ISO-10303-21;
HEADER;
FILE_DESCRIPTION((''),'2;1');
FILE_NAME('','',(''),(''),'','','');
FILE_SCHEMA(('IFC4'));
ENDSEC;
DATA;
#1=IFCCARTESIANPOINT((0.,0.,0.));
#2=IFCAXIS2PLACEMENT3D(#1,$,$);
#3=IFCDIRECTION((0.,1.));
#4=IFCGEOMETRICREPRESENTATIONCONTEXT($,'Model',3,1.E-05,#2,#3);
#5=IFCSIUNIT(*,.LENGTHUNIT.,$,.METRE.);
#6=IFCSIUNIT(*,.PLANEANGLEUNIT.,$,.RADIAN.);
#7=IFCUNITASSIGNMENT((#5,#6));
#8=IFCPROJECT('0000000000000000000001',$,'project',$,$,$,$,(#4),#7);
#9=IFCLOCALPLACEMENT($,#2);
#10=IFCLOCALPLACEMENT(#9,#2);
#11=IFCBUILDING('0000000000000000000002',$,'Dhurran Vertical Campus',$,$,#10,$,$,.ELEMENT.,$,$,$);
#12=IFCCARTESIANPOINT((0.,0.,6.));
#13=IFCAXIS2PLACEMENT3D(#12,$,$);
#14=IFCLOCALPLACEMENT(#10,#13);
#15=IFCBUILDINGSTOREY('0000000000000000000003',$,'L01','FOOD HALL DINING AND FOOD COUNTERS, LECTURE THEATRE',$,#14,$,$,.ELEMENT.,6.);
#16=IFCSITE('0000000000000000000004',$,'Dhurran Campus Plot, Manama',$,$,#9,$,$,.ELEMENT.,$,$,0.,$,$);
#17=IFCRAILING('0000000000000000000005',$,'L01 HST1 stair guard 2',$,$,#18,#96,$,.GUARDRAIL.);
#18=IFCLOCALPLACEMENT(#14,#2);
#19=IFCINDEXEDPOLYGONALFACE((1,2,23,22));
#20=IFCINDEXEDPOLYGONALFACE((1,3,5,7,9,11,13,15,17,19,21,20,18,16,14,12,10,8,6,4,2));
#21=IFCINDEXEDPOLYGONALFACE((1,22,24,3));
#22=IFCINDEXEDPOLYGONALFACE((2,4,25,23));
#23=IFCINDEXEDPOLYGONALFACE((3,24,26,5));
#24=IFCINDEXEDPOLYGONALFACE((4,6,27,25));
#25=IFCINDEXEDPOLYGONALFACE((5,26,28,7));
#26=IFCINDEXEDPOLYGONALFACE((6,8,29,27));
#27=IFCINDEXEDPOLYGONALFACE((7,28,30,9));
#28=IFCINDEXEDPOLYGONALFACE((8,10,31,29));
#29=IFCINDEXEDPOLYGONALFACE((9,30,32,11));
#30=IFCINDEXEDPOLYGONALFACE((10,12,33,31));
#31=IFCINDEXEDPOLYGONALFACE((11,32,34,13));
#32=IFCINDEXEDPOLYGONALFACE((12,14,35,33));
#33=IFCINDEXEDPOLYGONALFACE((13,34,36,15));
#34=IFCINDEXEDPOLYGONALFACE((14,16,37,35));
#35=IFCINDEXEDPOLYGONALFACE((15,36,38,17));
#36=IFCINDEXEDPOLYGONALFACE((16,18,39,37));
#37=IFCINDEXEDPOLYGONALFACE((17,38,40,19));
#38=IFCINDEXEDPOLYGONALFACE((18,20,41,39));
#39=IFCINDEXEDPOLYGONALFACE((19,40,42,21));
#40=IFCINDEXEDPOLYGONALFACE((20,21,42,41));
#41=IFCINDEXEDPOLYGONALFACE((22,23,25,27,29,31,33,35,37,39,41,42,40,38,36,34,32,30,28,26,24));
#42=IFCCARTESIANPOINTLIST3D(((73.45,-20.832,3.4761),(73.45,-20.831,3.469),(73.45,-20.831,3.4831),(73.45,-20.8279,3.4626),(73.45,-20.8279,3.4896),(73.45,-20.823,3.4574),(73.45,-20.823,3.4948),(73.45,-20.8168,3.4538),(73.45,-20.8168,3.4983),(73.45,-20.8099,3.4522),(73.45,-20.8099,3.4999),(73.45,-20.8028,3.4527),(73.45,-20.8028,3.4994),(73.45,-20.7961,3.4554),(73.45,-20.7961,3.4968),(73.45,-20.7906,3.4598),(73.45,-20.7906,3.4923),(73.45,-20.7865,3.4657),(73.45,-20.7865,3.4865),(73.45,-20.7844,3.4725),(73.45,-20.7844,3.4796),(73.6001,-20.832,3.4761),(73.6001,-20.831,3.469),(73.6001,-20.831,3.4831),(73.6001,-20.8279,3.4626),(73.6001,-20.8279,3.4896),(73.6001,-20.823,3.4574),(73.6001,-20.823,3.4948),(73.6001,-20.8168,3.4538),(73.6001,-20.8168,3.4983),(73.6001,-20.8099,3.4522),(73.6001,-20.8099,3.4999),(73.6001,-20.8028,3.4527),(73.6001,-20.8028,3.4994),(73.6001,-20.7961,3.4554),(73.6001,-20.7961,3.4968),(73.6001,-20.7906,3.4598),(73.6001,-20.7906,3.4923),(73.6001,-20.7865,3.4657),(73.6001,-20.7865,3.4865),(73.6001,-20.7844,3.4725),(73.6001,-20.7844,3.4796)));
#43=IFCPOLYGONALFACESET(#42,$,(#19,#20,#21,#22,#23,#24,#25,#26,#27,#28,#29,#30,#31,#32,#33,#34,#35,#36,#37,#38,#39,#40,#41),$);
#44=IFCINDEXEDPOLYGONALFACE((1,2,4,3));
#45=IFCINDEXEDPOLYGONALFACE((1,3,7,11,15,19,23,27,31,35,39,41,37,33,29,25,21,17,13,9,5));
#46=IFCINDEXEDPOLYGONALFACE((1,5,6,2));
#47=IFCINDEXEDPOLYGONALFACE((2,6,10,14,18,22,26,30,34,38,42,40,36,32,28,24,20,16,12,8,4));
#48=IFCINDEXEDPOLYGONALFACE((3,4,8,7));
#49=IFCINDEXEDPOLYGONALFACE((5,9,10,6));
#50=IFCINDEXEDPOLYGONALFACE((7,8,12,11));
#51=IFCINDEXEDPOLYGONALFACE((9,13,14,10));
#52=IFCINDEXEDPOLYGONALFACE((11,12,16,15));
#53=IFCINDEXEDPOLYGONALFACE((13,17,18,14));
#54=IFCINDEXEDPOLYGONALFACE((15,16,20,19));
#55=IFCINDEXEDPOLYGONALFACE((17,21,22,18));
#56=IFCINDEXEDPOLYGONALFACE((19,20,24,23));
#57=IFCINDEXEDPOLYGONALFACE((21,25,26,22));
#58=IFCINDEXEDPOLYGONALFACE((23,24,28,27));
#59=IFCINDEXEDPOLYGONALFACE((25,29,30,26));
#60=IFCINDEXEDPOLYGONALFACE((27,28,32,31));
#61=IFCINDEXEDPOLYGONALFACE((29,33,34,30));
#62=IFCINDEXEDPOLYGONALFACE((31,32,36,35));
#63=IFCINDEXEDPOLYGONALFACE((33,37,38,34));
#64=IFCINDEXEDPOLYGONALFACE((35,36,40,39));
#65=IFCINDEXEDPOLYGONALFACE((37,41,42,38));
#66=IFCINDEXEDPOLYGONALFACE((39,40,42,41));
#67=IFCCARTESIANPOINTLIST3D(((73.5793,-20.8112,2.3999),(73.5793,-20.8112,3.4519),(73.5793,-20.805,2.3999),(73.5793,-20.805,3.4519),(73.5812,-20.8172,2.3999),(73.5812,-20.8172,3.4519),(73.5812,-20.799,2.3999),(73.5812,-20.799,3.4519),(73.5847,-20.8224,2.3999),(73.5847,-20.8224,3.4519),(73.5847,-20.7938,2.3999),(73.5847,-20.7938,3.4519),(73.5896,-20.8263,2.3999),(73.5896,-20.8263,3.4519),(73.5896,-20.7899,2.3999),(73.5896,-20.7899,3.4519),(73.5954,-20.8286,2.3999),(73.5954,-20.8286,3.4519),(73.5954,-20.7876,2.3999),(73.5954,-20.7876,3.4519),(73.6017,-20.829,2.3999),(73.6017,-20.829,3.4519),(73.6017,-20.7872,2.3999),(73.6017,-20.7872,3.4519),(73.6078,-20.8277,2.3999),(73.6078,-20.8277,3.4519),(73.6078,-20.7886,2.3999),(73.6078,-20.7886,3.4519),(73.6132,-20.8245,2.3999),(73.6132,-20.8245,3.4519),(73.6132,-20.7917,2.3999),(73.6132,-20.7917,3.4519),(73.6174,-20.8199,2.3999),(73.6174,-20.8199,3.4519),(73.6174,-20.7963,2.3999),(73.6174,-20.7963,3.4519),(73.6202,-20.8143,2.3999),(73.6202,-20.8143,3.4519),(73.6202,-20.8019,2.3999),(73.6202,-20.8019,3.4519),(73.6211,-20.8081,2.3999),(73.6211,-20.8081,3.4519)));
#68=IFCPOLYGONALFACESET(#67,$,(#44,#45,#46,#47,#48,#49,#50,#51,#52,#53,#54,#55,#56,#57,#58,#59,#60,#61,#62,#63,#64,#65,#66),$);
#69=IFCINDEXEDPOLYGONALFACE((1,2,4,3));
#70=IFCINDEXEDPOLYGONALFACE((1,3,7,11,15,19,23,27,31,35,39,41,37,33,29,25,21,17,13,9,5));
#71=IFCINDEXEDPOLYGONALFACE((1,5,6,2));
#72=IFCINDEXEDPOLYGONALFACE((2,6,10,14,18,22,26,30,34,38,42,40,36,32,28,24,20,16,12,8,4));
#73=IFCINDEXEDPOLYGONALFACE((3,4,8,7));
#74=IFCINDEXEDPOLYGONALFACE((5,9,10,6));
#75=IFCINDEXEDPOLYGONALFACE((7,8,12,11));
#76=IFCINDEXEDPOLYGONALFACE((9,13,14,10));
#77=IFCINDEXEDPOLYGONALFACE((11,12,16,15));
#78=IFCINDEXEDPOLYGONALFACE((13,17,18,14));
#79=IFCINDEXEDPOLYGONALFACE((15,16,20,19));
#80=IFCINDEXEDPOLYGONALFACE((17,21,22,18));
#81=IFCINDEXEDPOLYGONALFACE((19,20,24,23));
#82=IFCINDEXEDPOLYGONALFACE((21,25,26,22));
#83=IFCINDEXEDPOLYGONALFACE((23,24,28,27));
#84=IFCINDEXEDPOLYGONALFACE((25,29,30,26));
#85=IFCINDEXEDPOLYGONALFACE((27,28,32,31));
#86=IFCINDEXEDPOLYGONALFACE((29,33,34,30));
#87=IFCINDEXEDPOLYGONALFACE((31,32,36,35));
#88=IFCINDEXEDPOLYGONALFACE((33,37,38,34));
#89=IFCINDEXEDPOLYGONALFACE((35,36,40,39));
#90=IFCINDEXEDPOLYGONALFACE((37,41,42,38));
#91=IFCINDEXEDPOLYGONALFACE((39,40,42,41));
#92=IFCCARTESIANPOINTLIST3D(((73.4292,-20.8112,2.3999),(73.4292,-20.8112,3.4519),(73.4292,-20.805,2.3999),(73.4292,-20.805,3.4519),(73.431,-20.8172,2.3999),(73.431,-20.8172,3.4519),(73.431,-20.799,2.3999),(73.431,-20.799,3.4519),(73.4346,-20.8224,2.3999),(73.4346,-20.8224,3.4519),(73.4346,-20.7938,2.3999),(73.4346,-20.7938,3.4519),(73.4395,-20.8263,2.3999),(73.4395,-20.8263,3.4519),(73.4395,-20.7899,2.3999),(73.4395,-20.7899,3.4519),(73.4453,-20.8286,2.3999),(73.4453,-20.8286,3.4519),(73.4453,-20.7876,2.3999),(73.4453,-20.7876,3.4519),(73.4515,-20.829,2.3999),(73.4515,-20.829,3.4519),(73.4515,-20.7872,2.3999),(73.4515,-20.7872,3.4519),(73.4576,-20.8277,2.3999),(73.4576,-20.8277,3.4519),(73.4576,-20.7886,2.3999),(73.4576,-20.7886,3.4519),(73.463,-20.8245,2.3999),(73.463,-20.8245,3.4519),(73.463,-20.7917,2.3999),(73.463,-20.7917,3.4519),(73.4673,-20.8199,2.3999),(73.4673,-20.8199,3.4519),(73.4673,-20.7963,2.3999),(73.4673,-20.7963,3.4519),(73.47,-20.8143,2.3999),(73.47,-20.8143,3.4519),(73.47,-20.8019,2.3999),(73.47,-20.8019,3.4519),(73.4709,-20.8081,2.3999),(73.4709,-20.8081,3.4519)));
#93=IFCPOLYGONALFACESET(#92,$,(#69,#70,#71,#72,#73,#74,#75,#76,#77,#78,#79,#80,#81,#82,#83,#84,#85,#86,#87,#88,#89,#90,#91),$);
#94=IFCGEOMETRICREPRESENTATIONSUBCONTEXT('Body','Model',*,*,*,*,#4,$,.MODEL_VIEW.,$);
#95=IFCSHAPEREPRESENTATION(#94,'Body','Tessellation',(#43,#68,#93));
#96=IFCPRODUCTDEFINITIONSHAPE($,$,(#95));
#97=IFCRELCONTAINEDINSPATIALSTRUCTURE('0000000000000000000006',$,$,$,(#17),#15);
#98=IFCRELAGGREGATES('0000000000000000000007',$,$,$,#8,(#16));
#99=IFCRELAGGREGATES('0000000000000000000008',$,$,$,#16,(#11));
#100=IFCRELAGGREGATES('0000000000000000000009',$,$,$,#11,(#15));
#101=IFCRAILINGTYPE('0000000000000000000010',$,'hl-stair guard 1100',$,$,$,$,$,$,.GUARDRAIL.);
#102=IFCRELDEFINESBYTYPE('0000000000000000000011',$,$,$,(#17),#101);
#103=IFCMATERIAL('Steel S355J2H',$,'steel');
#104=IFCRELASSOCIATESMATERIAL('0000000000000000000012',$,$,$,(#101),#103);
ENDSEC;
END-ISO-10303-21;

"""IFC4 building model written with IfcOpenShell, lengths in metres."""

from ifc_helpers import new_model, si_unit, direction, frame, origin, origin_2d, place, context, subcontext, project, spatial, circle, extrude, material, type_object, element, save


model = new_model("IFC4")

# Units and contexts
model_context = context("Model", 3, precision=1e-05, world=origin(), true_north=direction((0.0, 1.0)))
body_context = subcontext(model_context, "Body", "Model", "MODEL_VIEW")
ifc_project = project(units=[si_unit("LENGTHUNIT", "METRE"), si_unit("PLANEANGLEUNIT", "RADIAN")], contexts=[model_context])

# Site, building, storey
site_placement = place(None, origin())
site = spatial("IfcSite", under=ifc_project, at=site_placement, Name="Dhurran Campus Plot, Manama", CompositionType="ELEMENT", RefElevation=0.0)
building_placement = place(site_placement, origin())
building = spatial("IfcBuilding", under=site, at=building_placement, Name="Dhurran Vertical Campus", CompositionType="ELEMENT")
storey_placement = place(building_placement, frame((0.0, 0.0, 6.0)))
storey = spatial("IfcBuildingStorey", under=building, at=storey_placement, Name="L01", Description="FOOD HALL DINING AND FOOD COUNTERS, LECTURE THEATRE", CompositionType="ELEMENT", Elevation=6.0)

# Railing
ifc_material_1 = material(Name="Steel S355J2H", Category="steel")
railing_type_1 = type_object("IfcRailingType", Name="hl-stair guard 1100", PredefinedType="GUARDRAIL", material=ifc_material_1)
railing_1_placement = place(storey_placement, frame((73.6001, -20.8081, 2.3999)))
element("IfcRailing", 1, at=railing_1_placement, inside=storey, type_object=railing_type_1, Name="L01 HST1 stair guard 2", PredefinedType="GUARDRAIL", context=body_context, shape_type="SweptSolid", body=[
    extrude(circle(Radius=0.0239, at=origin_2d()), frame((0.0, 0.0, 1.0762), z_axis=(-1.0, 0.0, 0.0), x_axis=(0.0, -1.0, 0.0)), (0.0, 0.0, 1.0), 0.1501),
    extrude(circle(Radius=0.021, at=origin_2d()), origin(), (0.0, 0.0, 1.0), 1.052),
    extrude(circle(Radius=0.021, at=origin_2d()), frame((-0.1501, 0.0, 0.0)), (0.0, 0.0, 1.0), 1.052),
])

save(model, "model.ifc")
